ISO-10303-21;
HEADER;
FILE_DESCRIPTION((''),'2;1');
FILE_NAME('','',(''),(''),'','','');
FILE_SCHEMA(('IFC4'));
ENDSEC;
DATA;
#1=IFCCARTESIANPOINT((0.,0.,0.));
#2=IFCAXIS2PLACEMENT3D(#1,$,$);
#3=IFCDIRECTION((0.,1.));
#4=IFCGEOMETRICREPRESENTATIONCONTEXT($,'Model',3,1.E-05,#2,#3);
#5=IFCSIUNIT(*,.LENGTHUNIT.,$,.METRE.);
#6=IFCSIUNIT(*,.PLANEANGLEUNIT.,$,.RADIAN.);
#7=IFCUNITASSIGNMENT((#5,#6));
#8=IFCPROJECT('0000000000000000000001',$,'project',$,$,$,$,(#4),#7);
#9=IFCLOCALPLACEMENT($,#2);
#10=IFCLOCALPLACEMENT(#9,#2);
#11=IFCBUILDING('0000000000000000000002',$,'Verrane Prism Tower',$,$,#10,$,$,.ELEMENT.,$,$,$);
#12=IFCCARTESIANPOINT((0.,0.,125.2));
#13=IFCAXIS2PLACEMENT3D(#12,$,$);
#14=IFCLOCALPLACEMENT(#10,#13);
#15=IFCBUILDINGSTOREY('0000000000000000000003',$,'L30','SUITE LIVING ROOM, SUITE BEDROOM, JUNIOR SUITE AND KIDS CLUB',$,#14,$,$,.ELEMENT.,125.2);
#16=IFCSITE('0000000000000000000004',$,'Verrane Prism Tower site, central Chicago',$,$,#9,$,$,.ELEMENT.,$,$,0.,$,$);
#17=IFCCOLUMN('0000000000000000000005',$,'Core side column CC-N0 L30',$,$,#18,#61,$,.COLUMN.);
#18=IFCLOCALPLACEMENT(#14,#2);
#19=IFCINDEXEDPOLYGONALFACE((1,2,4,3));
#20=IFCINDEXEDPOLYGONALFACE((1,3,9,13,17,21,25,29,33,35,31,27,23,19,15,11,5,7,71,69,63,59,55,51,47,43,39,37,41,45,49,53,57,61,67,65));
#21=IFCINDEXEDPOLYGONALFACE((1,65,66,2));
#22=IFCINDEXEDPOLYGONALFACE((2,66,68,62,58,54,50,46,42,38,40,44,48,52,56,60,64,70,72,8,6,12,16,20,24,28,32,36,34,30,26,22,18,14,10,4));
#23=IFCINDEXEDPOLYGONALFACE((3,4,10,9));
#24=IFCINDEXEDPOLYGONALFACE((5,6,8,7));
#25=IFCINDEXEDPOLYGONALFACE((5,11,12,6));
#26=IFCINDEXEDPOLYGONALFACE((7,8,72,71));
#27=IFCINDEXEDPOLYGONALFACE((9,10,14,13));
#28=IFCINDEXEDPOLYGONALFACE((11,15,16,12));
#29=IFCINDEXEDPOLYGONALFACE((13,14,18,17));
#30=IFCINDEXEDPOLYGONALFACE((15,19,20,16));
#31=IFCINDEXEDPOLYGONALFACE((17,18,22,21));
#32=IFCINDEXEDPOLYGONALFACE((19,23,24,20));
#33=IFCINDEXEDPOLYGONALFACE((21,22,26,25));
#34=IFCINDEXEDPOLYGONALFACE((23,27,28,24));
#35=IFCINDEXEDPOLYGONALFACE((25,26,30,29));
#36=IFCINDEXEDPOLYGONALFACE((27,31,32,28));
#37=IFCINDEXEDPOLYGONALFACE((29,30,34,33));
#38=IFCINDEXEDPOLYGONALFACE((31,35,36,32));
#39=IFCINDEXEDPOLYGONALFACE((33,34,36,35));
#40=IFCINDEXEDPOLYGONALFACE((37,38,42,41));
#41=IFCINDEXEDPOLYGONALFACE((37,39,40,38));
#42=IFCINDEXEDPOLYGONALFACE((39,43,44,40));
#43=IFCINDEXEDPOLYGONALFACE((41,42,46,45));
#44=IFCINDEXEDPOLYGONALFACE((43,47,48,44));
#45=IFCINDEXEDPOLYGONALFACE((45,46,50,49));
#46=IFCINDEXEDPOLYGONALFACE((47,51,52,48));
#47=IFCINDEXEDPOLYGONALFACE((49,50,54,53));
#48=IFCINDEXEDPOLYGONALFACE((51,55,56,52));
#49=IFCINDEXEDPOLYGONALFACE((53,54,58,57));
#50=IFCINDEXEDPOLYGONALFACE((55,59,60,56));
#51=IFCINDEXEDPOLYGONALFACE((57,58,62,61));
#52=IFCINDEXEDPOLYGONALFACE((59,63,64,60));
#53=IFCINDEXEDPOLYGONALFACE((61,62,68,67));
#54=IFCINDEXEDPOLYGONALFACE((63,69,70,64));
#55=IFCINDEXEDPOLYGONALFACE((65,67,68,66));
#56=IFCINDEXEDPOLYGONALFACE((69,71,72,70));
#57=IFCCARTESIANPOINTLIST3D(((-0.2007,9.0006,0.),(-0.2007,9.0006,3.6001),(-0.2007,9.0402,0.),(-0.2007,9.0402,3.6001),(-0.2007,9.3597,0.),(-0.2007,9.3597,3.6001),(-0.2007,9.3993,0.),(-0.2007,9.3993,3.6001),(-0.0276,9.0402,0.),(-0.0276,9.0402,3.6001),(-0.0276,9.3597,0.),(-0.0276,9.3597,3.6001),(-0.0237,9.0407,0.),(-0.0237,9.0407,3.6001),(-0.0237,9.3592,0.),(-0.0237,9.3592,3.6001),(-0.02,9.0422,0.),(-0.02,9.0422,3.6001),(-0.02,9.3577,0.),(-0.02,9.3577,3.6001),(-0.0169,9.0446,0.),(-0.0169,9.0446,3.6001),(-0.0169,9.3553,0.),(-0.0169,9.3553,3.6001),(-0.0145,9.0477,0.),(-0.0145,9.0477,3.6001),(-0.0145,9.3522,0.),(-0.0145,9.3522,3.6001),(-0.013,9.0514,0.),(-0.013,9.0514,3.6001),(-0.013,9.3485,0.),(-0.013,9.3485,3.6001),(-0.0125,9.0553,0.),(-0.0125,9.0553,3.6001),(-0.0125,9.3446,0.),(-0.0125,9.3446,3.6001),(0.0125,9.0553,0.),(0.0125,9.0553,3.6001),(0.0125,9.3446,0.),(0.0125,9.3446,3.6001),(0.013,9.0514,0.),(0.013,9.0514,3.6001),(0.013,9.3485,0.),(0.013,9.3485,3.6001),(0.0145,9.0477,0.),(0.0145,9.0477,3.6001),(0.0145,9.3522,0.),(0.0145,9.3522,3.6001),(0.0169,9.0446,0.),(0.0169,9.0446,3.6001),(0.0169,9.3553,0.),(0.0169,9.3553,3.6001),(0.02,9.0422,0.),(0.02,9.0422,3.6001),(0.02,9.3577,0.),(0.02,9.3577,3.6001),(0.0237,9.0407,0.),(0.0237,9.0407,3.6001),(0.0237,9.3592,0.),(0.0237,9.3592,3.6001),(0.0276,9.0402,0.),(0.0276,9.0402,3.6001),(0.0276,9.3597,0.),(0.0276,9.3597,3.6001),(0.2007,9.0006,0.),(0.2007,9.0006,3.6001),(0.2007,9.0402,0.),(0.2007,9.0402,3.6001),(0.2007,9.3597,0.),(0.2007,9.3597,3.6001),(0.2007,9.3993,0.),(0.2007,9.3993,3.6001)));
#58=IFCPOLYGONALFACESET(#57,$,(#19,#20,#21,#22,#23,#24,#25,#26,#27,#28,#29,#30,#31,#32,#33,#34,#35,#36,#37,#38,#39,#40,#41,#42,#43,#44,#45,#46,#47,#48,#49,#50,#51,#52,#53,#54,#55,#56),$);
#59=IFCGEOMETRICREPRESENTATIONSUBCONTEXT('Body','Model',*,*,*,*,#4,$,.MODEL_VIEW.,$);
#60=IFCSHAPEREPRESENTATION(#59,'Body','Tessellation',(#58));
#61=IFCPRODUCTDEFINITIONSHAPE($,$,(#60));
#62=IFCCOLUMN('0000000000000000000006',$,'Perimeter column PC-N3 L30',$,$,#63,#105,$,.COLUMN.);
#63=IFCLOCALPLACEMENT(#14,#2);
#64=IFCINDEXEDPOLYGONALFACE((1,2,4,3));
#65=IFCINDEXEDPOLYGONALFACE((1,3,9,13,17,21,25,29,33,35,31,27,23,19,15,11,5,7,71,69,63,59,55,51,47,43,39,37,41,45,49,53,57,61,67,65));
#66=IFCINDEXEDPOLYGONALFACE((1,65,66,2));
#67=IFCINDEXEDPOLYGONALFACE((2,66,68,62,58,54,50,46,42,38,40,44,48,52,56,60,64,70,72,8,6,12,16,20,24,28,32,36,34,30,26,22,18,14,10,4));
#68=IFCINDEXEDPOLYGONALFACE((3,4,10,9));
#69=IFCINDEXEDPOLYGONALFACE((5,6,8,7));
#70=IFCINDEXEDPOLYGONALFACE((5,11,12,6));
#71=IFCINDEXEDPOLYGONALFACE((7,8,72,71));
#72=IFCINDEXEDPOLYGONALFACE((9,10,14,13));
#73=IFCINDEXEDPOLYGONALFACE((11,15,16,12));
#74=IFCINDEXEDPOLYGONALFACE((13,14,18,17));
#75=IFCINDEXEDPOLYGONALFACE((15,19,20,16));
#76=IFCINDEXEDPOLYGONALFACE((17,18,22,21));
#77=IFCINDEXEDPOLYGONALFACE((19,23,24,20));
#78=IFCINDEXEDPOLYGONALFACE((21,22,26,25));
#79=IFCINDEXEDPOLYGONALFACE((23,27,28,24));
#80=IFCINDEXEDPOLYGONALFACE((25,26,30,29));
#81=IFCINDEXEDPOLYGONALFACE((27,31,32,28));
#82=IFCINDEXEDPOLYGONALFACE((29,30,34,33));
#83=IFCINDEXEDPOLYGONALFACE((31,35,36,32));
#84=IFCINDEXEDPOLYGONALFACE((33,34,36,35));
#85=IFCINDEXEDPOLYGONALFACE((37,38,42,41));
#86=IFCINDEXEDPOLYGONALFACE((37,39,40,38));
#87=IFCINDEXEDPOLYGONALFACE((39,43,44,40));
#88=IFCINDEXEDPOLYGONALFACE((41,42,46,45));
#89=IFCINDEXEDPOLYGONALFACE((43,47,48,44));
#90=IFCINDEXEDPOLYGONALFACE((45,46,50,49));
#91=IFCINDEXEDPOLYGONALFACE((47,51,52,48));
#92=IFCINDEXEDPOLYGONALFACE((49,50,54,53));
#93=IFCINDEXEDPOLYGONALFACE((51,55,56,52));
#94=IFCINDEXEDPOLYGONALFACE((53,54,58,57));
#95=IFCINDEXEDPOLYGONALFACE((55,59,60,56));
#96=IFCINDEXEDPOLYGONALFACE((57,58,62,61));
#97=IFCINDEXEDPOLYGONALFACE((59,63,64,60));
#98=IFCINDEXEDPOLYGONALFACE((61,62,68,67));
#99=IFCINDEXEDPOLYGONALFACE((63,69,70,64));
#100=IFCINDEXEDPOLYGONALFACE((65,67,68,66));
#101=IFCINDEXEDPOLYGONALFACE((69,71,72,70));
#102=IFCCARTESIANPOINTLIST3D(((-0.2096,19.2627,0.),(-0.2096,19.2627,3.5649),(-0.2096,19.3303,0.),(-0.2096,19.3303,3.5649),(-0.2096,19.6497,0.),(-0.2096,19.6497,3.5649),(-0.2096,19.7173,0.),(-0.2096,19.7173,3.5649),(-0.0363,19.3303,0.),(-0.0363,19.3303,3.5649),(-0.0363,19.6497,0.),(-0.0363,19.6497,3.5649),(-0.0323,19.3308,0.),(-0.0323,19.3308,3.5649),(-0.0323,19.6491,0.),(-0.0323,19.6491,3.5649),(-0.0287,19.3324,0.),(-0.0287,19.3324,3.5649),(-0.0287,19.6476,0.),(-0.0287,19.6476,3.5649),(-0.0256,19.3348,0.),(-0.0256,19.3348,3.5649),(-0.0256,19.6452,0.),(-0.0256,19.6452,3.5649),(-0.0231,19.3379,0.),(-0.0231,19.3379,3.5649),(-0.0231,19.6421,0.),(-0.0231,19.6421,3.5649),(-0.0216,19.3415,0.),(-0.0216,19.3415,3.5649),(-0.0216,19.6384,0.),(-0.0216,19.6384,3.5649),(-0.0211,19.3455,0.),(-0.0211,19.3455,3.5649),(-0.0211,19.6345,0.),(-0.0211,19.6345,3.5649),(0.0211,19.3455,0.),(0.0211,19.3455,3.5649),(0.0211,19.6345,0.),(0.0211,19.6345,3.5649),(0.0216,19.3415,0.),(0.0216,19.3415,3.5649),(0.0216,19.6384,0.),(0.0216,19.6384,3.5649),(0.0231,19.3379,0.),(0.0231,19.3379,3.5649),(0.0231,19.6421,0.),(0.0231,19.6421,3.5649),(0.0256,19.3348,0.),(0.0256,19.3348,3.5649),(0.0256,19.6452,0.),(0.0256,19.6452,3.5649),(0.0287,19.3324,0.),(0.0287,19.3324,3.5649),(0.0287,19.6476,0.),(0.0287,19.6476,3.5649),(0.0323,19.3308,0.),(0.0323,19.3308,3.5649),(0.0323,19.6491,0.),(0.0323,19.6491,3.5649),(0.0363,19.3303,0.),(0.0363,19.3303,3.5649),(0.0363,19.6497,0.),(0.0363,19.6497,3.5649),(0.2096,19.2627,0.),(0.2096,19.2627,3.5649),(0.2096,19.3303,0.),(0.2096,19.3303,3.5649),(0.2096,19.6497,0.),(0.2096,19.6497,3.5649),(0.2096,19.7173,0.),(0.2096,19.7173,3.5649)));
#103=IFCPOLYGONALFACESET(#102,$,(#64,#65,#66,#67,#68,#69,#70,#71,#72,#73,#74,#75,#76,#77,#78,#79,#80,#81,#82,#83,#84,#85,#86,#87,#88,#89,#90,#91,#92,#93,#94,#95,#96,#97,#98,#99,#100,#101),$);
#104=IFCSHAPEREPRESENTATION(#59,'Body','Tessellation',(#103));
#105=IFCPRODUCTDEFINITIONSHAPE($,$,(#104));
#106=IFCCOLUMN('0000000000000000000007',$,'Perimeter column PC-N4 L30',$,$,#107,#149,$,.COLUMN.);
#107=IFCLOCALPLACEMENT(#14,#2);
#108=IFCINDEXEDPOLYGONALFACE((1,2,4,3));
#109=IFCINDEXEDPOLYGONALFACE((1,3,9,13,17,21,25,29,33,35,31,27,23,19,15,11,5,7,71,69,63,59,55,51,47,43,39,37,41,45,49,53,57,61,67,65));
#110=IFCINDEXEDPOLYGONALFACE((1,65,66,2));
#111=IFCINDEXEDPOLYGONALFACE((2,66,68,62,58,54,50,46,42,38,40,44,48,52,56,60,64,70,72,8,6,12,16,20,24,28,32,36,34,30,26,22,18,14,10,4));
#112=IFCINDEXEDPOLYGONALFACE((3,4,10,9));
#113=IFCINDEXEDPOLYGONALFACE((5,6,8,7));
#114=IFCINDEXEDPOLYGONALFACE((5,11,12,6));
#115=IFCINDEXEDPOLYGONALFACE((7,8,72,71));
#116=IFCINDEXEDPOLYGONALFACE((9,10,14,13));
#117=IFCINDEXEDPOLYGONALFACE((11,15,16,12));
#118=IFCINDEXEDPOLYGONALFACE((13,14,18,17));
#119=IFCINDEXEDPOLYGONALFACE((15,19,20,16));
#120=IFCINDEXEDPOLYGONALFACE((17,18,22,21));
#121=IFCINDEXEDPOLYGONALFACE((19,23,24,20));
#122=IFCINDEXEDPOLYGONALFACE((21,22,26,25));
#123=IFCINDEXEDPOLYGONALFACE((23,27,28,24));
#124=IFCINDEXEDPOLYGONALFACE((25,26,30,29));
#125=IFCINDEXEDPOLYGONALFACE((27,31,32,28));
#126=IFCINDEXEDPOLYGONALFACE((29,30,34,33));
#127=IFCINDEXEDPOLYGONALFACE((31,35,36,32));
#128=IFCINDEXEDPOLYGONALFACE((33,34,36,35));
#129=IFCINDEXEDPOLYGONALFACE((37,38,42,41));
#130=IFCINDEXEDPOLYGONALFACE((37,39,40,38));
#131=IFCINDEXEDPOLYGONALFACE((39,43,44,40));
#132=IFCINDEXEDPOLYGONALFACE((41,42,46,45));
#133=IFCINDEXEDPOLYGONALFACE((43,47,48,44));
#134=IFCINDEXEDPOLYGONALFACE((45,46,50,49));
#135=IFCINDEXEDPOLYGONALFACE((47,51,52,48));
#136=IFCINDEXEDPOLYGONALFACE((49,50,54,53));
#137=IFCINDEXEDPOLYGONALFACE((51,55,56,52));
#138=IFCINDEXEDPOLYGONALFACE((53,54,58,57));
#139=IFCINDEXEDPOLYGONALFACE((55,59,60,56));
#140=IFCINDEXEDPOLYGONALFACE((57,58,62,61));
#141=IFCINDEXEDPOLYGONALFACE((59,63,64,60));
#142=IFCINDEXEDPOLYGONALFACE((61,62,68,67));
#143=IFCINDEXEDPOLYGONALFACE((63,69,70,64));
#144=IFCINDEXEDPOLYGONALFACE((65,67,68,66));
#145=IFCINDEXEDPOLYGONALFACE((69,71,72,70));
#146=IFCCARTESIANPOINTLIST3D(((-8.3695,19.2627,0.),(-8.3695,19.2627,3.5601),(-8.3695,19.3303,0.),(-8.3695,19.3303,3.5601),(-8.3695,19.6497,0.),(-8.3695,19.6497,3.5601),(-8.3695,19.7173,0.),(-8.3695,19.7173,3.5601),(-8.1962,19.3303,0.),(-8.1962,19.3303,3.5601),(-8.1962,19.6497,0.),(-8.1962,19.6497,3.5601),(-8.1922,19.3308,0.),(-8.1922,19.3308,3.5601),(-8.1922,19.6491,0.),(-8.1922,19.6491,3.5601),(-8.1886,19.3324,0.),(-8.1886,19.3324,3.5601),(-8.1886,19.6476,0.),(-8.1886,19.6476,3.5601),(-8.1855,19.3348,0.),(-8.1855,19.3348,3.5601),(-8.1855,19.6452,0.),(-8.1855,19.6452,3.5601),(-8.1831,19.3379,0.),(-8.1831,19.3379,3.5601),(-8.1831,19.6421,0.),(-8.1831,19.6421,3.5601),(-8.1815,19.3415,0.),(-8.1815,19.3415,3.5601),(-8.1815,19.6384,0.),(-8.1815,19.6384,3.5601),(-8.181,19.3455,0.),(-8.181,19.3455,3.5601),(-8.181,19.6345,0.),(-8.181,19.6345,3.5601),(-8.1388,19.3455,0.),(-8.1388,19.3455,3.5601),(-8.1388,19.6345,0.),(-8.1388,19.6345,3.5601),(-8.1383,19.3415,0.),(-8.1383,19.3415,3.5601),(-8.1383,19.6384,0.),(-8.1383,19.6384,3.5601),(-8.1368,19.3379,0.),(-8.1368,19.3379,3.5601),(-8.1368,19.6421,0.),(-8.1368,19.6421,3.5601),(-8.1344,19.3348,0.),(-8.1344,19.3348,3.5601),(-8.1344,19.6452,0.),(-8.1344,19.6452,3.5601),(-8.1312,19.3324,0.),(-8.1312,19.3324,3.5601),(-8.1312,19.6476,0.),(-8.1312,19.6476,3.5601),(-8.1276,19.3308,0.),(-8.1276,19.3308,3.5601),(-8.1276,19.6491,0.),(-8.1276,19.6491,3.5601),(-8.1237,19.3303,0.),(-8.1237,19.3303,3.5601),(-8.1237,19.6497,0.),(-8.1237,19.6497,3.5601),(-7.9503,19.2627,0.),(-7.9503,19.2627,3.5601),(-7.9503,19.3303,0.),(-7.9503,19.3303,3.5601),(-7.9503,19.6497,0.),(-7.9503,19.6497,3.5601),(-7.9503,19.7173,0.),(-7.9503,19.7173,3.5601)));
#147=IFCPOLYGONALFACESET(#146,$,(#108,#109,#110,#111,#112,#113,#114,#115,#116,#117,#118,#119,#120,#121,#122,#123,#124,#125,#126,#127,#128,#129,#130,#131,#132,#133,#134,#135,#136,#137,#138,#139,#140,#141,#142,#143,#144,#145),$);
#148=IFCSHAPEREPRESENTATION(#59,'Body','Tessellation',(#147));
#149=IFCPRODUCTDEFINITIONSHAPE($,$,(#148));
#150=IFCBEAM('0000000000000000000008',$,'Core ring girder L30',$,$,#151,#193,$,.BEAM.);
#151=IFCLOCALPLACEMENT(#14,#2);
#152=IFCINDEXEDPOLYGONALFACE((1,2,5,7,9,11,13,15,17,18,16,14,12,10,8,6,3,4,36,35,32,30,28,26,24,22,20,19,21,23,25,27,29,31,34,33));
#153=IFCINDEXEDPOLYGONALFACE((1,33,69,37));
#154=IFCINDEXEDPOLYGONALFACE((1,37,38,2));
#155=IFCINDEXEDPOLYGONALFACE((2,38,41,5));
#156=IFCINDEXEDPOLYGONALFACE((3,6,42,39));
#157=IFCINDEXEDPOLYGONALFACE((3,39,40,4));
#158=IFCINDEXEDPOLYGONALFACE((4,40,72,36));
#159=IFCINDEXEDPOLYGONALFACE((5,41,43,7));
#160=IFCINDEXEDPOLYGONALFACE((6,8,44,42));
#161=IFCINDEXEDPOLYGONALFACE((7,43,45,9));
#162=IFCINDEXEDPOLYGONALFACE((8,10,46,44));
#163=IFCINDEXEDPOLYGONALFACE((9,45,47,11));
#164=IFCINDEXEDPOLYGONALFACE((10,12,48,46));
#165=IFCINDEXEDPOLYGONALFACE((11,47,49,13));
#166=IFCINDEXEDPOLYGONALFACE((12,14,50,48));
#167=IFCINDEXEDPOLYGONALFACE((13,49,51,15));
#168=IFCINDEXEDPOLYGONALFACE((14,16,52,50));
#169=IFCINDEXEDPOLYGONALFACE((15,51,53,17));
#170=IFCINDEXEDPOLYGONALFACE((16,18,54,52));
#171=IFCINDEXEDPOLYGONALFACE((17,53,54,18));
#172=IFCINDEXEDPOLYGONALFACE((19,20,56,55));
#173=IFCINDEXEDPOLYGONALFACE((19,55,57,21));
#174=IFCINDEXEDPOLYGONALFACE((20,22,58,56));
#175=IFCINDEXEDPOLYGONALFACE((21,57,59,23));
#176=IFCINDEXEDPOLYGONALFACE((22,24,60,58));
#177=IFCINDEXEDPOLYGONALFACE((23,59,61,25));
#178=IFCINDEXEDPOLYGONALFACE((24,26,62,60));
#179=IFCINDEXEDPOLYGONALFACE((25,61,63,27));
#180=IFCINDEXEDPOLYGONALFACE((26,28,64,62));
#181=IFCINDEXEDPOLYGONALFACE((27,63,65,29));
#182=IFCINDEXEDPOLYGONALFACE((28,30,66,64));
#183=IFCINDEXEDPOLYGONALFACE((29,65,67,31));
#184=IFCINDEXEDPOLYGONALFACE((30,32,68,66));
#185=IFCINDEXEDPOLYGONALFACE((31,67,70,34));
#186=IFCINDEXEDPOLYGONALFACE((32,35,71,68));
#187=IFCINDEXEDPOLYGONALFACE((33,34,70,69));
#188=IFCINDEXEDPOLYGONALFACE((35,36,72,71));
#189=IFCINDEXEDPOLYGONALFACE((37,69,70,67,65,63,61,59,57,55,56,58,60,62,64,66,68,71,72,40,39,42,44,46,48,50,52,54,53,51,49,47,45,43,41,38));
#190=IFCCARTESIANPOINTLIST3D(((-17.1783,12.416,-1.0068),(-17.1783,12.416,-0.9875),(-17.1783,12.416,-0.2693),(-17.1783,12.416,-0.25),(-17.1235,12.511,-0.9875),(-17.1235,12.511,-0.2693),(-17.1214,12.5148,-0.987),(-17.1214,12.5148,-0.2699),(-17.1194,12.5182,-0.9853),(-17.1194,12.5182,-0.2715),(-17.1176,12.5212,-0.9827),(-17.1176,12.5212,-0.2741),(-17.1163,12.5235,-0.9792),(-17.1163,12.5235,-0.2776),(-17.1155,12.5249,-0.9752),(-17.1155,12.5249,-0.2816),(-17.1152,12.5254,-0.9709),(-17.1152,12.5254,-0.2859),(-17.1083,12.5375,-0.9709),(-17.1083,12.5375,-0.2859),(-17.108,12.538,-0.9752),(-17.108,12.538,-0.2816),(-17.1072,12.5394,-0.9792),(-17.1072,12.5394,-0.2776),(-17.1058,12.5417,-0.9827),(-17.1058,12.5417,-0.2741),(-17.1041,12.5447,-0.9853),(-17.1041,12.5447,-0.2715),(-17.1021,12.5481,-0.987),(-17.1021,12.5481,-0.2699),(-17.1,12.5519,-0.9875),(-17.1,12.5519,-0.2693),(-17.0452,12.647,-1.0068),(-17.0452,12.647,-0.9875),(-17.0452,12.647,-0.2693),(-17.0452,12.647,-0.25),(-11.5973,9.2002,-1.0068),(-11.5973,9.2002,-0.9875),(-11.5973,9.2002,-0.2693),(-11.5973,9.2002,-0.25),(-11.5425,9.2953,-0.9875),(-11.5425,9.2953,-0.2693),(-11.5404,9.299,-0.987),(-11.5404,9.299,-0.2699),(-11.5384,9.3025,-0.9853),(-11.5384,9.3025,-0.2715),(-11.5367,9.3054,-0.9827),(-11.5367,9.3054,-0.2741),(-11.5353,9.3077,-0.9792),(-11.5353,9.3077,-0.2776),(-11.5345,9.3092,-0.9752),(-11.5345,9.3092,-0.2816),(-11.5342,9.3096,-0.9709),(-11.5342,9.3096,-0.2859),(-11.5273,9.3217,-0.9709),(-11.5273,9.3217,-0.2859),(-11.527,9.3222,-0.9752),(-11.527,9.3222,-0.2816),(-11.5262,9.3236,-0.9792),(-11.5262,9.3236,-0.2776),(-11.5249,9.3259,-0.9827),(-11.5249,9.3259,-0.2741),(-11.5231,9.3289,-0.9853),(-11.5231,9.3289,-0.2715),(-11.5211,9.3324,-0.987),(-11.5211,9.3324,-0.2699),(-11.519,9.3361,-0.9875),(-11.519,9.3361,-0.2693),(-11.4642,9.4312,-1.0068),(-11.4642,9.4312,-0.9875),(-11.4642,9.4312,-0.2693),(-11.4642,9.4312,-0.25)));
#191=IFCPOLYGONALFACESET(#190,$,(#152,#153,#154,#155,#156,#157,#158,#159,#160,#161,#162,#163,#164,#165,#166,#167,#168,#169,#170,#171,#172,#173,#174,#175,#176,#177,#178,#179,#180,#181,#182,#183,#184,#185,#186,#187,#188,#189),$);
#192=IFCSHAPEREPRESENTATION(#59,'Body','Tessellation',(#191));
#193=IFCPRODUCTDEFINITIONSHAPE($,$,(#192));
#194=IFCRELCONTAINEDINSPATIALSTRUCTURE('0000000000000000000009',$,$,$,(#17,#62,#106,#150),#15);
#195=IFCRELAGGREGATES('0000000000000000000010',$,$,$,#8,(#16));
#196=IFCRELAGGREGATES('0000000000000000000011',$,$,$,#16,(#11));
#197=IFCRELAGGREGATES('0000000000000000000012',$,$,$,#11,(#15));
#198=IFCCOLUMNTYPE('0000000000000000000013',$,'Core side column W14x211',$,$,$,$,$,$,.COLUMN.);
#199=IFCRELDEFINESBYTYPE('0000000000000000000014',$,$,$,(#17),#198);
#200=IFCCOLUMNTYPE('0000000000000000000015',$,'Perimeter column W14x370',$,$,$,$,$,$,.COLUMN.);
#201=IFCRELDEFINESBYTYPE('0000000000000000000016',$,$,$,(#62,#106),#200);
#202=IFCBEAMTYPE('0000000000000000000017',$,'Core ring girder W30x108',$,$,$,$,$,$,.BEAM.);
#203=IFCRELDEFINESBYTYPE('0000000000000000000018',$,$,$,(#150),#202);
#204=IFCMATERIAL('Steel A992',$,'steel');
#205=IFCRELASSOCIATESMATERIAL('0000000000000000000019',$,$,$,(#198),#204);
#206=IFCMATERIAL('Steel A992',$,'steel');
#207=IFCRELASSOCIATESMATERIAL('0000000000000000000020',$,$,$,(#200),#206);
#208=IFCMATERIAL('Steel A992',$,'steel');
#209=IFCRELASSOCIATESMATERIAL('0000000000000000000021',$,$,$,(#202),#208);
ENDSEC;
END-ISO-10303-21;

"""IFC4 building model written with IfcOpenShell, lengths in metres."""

from ifc_helpers import new_model, si_unit, direction, frame, origin, origin_2d, place, context, subcontext, project, spatial, i_section, extrude, material, material_profile, profile_set, type_object, element, save


model = new_model("IFC4")

# Units and contexts
model_context = context("Model", 3, precision=1e-05, world=origin(), true_north=direction((0.0, 1.0)))
body_context = subcontext(model_context, "Body", "Model", "MODEL_VIEW")
ifc_project = project(units=[si_unit("LENGTHUNIT", "METRE"), si_unit("PLANEANGLEUNIT", "RADIAN")], contexts=[model_context])

# Site, building, storey
site_placement = place(None, origin())
site = spatial("IfcSite", under=ifc_project, at=site_placement, Name="Verrane Prism Tower site, central Chicago", CompositionType="ELEMENT", RefElevation=0.0)
building_placement = place(site_placement, origin())
building = spatial("IfcBuilding", under=site, at=building_placement, Name="Verrane Prism Tower", CompositionType="ELEMENT")
storey_placement = place(building_placement, frame((0.0, 0.0, 125.2)))
storey = spatial("IfcBuildingStorey", under=building, at=storey_placement, Name="L30", Description="SUITE LIVING ROOM, SUITE BEDROOM, JUNIOR SUITE AND KIDS CLUB", CompositionType="ELEMENT", Elevation=125.2)

# Columns
ifc_material_1 = material(Name="Steel A992", Category="steel")
ifc_material_profile_1 = material_profile(ifc_material_1, i_section(OverallWidth=0.4014, OverallDepth=0.3987, WebThickness=0.0249, FlangeThickness=0.0396, FilletRadius=0.0151, at=origin_2d()), Name="W14x211")
ifc_profile_set_1 = profile_set([ifc_material_profile_1], Name="Steel A992")
column_type_1 = type_object("IfcColumnType", Name="Core side column W14x211", PredefinedType="COLUMN", material=ifc_profile_set_1)
column_1_placement = place(storey_placement, frame((0.0, 9.2, 0.0), z_axis=(0.0, 0.0, 1.0), x_axis=(1.0, 0.0, 0.0)))
element("IfcColumn", 1, at=column_1_placement, inside=storey, type_object=column_type_1, Name="Core side column CC-N0 L30", PredefinedType="COLUMN", context=body_context, shape_type="SweptSolid", body=[
    extrude(i_section(OverallWidth=0.4014, OverallDepth=0.3987, WebThickness=0.0249, FlangeThickness=0.0396, FilletRadius=0.0151, at=origin_2d()), origin(), (0.0, 0.0, 1.0), 3.6001),
])
ifc_material_2 = material(Name="Steel A992", Category="steel")
ifc_material_profile_2 = material_profile(ifc_material_2, i_section(OverallWidth=0.4192, OverallDepth=0.4546, WebThickness=0.0422, FlangeThickness=0.0676, FilletRadius=0.0151, at=origin_2d()), Name="W14x370")
ifc_profile_set_2 = profile_set([ifc_material_profile_2], Name="Steel A992")
column_type_2 = type_object("IfcColumnType", Name="Perimeter column W14x370", PredefinedType="COLUMN", material=ifc_profile_set_2)
column_2_placement = place(storey_placement, frame((0.0, 19.49, 0.0), z_axis=(0.0, 0.0, 1.0), x_axis=(1.0, 0.0, 0.0)))
element("IfcColumn", 2, at=column_2_placement, inside=storey, type_object=column_type_2, Name="Perimeter column PC-N3 L30", PredefinedType="COLUMN", context=body_context, shape_type="SweptSolid", body=[
    extrude(i_section(OverallWidth=0.4192, OverallDepth=0.4546, WebThickness=0.0422, FlangeThickness=0.0676, FilletRadius=0.0151, at=origin_2d()), origin(), (0.0, 0.0, 1.0), 3.5649),
])
column_3_placement = place(storey_placement, frame((-8.1599, 19.49, 0.0), z_axis=(0.0, 0.0, 1.0), x_axis=(1.0, 0.0, 0.0)))
element("IfcColumn", 3, at=column_3_placement, inside=storey, type_object=column_type_2, Name="Perimeter column PC-N4 L30", PredefinedType="COLUMN", context=body_context, shape_type="SweptSolid", body=[
    extrude(i_section(OverallWidth=0.4192, OverallDepth=0.4546, WebThickness=0.0422, FlangeThickness=0.0676, FilletRadius=0.0151, at=origin_2d()), origin(), (0.0, 0.0, 1.0), 3.5601),
])

# Beam
ifc_material_3 = material(Name="Steel A992", Category="steel")
ifc_material_profile_3 = material_profile(ifc_material_3, i_section(OverallWidth=0.2666, OverallDepth=0.7568, WebThickness=0.0139, FlangeThickness=0.0193, FilletRadius=0.0166, at=origin_2d()), Name="W30x108")
ifc_profile_set_3 = profile_set([ifc_material_profile_3], Name="Steel A992")
beam_type_1 = type_object("IfcBeamType", Name="Core ring girder W30x108", PredefinedType="BEAM", material=ifc_profile_set_3)
beam_1_placement = place(storey_placement, frame((-11.5308, 9.3157, -0.6284), z_axis=(-0.866456, 0.499254, 0.0), x_axis=(-0.499254, -0.866456, 0.0)))
element("IfcBeam", 4, at=beam_1_placement, inside=storey, type_object=beam_type_1, Name="Core ring girder L30", PredefinedType="BEAM", context=body_context, shape_type="SweptSolid", body=[
    extrude(i_section(OverallWidth=0.2666, OverallDepth=0.7568, WebThickness=0.0139, FlangeThickness=0.0193, FilletRadius=0.0166, at=origin_2d()), origin(), (0.0, 0.0, 1.0), 6.4412),
])

save(model, "model.ifc")
